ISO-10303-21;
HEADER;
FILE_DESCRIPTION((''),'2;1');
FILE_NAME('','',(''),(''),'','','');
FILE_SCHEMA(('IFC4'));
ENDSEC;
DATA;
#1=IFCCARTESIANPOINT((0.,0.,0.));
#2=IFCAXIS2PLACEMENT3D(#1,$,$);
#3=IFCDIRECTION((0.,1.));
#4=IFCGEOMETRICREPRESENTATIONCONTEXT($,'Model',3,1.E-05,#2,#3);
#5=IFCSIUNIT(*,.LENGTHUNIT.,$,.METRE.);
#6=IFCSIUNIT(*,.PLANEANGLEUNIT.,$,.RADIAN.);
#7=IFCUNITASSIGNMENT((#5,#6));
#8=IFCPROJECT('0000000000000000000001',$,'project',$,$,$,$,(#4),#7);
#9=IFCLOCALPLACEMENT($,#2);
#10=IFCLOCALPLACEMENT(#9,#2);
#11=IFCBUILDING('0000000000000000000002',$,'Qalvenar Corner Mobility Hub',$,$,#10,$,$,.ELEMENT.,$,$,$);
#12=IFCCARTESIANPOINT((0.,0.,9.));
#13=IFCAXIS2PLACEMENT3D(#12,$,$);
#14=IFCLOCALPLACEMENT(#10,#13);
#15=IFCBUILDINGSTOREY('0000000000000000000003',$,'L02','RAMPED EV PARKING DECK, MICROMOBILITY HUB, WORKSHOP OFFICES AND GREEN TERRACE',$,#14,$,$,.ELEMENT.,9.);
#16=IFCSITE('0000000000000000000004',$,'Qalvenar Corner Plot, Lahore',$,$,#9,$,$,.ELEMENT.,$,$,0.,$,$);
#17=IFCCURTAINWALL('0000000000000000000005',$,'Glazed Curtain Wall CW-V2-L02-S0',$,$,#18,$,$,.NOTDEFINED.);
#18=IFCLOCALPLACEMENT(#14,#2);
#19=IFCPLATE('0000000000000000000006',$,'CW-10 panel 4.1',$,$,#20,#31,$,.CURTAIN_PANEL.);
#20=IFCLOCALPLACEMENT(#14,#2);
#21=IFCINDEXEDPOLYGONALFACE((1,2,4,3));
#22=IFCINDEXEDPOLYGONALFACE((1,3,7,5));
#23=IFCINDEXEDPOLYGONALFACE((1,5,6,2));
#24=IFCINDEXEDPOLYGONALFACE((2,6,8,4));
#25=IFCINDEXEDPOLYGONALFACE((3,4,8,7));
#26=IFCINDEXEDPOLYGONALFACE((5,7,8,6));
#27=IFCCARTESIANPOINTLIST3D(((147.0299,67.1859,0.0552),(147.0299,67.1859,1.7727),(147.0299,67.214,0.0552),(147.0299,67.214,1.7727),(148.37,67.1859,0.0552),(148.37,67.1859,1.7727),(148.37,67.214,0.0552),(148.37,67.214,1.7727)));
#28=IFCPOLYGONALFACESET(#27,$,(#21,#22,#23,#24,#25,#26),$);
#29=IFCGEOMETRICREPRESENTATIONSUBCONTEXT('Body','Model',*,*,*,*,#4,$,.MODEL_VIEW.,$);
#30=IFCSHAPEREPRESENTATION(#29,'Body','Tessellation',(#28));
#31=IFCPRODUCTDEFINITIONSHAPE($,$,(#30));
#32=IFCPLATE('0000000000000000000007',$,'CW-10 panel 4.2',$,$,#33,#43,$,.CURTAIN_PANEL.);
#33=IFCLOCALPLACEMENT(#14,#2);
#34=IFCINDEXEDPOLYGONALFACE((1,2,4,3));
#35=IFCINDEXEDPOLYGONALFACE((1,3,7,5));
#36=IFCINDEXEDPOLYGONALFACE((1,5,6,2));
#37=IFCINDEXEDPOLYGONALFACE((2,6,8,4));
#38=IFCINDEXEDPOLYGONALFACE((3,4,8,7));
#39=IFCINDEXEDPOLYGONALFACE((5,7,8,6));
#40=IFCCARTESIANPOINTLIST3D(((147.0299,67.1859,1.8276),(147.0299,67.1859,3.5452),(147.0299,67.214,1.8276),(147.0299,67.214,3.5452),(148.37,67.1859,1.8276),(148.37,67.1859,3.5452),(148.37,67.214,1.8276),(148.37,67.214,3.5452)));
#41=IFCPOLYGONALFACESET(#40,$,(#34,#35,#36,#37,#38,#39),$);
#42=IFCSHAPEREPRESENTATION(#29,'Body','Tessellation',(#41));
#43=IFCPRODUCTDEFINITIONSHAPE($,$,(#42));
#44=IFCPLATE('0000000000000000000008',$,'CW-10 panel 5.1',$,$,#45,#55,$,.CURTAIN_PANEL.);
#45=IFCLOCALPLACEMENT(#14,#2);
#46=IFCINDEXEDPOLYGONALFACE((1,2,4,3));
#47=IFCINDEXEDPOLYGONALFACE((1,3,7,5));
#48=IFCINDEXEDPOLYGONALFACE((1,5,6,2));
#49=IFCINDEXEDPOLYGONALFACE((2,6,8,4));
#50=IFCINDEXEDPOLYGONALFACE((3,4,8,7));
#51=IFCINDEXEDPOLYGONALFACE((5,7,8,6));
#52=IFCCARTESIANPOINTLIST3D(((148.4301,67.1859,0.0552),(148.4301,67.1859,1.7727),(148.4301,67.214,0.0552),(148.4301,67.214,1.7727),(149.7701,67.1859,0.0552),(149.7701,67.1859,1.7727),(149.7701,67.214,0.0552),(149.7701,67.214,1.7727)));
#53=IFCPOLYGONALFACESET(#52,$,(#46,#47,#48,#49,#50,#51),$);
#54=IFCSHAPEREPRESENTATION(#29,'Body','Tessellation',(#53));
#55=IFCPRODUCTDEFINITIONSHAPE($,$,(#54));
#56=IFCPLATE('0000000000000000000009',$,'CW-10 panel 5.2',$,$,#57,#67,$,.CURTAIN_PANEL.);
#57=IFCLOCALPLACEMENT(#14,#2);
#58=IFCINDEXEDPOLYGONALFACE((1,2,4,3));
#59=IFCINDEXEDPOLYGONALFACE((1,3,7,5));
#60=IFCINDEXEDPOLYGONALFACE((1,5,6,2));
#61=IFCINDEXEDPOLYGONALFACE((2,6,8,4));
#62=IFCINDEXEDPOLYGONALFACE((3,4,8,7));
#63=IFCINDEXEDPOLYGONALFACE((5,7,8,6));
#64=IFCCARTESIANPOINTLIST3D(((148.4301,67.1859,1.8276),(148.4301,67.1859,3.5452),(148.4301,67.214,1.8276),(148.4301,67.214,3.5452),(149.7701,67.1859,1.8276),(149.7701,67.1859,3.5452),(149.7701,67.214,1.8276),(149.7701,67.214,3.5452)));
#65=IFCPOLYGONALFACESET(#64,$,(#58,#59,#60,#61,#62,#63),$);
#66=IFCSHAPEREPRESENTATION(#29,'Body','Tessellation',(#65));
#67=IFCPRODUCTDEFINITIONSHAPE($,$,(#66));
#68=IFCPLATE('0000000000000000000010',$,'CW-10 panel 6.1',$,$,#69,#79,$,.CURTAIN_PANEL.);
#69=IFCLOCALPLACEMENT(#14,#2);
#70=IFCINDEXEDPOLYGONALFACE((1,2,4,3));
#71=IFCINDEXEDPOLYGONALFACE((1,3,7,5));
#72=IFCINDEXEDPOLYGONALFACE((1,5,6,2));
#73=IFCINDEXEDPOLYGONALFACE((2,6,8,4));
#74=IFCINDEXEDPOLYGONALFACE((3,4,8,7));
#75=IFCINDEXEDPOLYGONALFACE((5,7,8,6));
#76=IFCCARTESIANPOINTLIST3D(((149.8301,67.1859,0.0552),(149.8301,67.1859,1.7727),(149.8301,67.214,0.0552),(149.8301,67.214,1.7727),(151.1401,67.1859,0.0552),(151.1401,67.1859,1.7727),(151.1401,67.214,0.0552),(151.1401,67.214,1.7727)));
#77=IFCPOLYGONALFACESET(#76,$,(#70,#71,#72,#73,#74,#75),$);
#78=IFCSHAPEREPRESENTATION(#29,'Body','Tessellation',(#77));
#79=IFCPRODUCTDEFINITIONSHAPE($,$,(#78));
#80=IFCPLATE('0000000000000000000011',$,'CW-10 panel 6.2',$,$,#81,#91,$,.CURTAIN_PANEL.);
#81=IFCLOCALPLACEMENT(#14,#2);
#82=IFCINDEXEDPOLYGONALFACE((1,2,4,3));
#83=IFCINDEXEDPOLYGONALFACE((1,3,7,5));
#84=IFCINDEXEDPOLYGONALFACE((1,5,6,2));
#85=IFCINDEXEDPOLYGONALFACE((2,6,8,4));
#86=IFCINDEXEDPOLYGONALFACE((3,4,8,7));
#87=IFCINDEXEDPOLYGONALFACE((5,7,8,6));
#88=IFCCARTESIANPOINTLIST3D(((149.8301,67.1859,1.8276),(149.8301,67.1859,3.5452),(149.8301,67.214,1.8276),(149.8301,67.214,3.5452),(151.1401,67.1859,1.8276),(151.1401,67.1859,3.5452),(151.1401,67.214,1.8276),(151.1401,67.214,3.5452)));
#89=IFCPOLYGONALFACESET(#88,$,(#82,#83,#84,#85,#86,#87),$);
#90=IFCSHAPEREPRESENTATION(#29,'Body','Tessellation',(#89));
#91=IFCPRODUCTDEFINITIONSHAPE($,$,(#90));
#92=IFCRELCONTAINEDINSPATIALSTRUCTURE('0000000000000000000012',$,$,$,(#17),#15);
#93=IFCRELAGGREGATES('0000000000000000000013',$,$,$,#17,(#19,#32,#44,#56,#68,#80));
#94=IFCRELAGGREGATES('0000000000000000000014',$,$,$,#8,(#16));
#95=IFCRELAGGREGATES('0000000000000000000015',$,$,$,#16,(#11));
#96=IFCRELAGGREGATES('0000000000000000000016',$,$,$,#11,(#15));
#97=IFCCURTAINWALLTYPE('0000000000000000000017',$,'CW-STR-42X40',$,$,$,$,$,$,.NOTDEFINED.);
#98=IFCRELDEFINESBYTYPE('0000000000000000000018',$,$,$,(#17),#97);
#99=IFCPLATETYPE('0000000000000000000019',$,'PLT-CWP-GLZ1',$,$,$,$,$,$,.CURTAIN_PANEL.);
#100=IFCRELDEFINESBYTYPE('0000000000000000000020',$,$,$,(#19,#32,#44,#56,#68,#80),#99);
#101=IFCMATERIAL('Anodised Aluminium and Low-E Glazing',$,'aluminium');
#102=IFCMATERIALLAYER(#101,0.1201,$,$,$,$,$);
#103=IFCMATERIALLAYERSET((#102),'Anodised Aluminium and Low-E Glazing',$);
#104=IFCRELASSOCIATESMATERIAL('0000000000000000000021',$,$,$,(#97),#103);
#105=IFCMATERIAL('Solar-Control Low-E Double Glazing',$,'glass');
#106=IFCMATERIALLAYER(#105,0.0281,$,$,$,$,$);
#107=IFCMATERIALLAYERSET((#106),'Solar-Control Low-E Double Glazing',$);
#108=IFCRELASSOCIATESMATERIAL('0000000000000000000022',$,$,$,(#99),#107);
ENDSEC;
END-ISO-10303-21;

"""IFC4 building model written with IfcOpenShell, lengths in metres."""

from ifc_helpers import new_model, si_unit, direction, frame, origin, origin_2d, place, context, subcontext, project, spatial, rectangle, extrude, material, layer, layer_set, type_object, element, aggregate, save


model = new_model("IFC4")

# Units and contexts
model_context = context("Model", 3, precision=1e-05, world=origin(), true_north=direction((0.0, 1.0)))
body_context = subcontext(model_context, "Body", "Model", "MODEL_VIEW")
ifc_project = project(units=[si_unit("LENGTHUNIT", "METRE"), si_unit("PLANEANGLEUNIT", "RADIAN")], contexts=[model_context])

# Site, building, storey
site_placement = place(None, origin())
site = spatial("IfcSite", under=ifc_project, at=site_placement, Name="Qalvenar Corner Plot, Lahore", CompositionType="ELEMENT", RefElevation=0.0)
building_placement = place(site_placement, origin())
building = spatial("IfcBuilding", under=site, at=building_placement, Name="Qalvenar Corner Mobility Hub", CompositionType="ELEMENT")
storey_placement = place(building_placement, frame((0.0, 0.0, 9.0)))
storey = spatial("IfcBuildingStorey", under=building, at=storey_placement, Name="L02", Description="RAMPED EV PARKING DECK, MICROMOBILITY HUB, WORKSHOP OFFICES AND GREEN TERRACE", CompositionType="ELEMENT", Elevation=9.0)

# Curtain wall
ifc_material_1 = material(Name="Anodised Aluminium and Low-E Glazing", Category="aluminium")
ifc_layer_1 = layer(ifc_material_1, 0.1201)
ifc_layer_set_1 = layer_set([ifc_layer_1], Name="Anodised Aluminium and Low-E Glazing")
curtain_wall_type = type_object("IfcCurtainWallType", Name="CW-STR-42X40", PredefinedType="NOTDEFINED", material=ifc_layer_set_1)
curtain_wall_1_placement = place(storey_placement, origin())
curtain_wall_1 = element("IfcCurtainWall", 1, at=curtain_wall_1_placement, inside=storey, type_object=curtain_wall_type, Name="Glazed Curtain Wall CW-V2-L02-S0", PredefinedType="NOTDEFINED")

# Plates
ifc_material_2 = material(Name="Solar-Control Low-E Double Glazing", Category="glass")
ifc_layer_2 = layer(ifc_material_2, 0.0281)
ifc_layer_set_2 = layer_set([ifc_layer_2], Name="Solar-Control Low-E Double Glazing")
plate_type = type_object("IfcPlateType", Name="PLT-CWP-GLZ1", PredefinedType="CURTAIN_PANEL", material=ifc_layer_set_2)
plate_1_placement = place(storey_placement, frame((147.7, 67.2, 0.0552), z_axis=(0.0, 0.0, 1.0), x_axis=(1.0, 0.0, 0.0)))
plate_1 = element("IfcPlate", 2, at=plate_1_placement, type_object=plate_type, Name="CW-10 panel 4.1", PredefinedType="CURTAIN_PANEL", context=body_context, shape_type="SweptSolid", body=[
    extrude(rectangle(XDim=1.3401, YDim=0.0281, at=origin_2d()), origin(), (0.0, 0.0, 1.0), 1.7175),
])
plate_2_placement = place(storey_placement, frame((147.7, 67.2, 1.8276), z_axis=(0.0, 0.0, 1.0), x_axis=(1.0, 0.0, 0.0)))
plate_2 = element("IfcPlate", 3, at=plate_2_placement, type_object=plate_type, Name="CW-10 panel 4.2", PredefinedType="CURTAIN_PANEL", context=body_context, shape_type="SweptSolid", body=[
    extrude(rectangle(XDim=1.3401, YDim=0.0281, at=origin_2d()), origin(), (0.0, 0.0, 1.0), 1.7175),
])
plate_3_placement = place(storey_placement, frame((149.1001, 67.2, 0.0552), z_axis=(0.0, 0.0, 1.0), x_axis=(1.0, 0.0, 0.0)))
plate_3 = element("IfcPlate", 4, at=plate_3_placement, type_object=plate_type, Name="CW-10 panel 5.1", PredefinedType="CURTAIN_PANEL", context=body_context, shape_type="SweptSolid", body=[
    extrude(rectangle(XDim=1.3401, YDim=0.0281, at=origin_2d()), origin(), (0.0, 0.0, 1.0), 1.7175),
])
plate_4_placement = place(storey_placement, frame((149.1001, 67.2, 1.8276), z_axis=(0.0, 0.0, 1.0), x_axis=(1.0, 0.0, 0.0)))
plate_4 = element("IfcPlate", 5, at=plate_4_placement, type_object=plate_type, Name="CW-10 panel 5.2", PredefinedType="CURTAIN_PANEL", context=body_context, shape_type="SweptSolid", body=[
    extrude(rectangle(XDim=1.3401, YDim=0.0281, at=origin_2d()), origin(), (0.0, 0.0, 1.0), 1.7175),
])
plate_5_placement = place(storey_placement, frame((150.4851, 67.2, 0.0552), z_axis=(0.0, 0.0, 1.0), x_axis=(1.0, 0.0, 0.0)))
plate_5 = element("IfcPlate", 6, at=plate_5_placement, type_object=plate_type, Name="CW-10 panel 6.1", PredefinedType="CURTAIN_PANEL", context=body_context, shape_type="SweptSolid", body=[
    extrude(rectangle(XDim=1.3101, YDim=0.0281, at=origin_2d()), origin(), (0.0, 0.0, 1.0), 1.7175),
])
plate_6_placement = place(storey_placement, frame((150.4851, 67.2, 1.8276), z_axis=(0.0, 0.0, 1.0), x_axis=(1.0, 0.0, 0.0)))
plate_6 = element("IfcPlate", 7, at=plate_6_placement, type_object=plate_type, Name="CW-10 panel 6.2", PredefinedType="CURTAIN_PANEL", context=body_context, shape_type="SweptSolid", body=[
    extrude(rectangle(XDim=1.3101, YDim=0.0281, at=origin_2d()), origin(), (0.0, 0.0, 1.0), 1.7175),
])
aggregate(curtain_wall_1, [plate_1, plate_2, plate_3, plate_4, plate_5, plate_6])

save(model, "model.ifc")
